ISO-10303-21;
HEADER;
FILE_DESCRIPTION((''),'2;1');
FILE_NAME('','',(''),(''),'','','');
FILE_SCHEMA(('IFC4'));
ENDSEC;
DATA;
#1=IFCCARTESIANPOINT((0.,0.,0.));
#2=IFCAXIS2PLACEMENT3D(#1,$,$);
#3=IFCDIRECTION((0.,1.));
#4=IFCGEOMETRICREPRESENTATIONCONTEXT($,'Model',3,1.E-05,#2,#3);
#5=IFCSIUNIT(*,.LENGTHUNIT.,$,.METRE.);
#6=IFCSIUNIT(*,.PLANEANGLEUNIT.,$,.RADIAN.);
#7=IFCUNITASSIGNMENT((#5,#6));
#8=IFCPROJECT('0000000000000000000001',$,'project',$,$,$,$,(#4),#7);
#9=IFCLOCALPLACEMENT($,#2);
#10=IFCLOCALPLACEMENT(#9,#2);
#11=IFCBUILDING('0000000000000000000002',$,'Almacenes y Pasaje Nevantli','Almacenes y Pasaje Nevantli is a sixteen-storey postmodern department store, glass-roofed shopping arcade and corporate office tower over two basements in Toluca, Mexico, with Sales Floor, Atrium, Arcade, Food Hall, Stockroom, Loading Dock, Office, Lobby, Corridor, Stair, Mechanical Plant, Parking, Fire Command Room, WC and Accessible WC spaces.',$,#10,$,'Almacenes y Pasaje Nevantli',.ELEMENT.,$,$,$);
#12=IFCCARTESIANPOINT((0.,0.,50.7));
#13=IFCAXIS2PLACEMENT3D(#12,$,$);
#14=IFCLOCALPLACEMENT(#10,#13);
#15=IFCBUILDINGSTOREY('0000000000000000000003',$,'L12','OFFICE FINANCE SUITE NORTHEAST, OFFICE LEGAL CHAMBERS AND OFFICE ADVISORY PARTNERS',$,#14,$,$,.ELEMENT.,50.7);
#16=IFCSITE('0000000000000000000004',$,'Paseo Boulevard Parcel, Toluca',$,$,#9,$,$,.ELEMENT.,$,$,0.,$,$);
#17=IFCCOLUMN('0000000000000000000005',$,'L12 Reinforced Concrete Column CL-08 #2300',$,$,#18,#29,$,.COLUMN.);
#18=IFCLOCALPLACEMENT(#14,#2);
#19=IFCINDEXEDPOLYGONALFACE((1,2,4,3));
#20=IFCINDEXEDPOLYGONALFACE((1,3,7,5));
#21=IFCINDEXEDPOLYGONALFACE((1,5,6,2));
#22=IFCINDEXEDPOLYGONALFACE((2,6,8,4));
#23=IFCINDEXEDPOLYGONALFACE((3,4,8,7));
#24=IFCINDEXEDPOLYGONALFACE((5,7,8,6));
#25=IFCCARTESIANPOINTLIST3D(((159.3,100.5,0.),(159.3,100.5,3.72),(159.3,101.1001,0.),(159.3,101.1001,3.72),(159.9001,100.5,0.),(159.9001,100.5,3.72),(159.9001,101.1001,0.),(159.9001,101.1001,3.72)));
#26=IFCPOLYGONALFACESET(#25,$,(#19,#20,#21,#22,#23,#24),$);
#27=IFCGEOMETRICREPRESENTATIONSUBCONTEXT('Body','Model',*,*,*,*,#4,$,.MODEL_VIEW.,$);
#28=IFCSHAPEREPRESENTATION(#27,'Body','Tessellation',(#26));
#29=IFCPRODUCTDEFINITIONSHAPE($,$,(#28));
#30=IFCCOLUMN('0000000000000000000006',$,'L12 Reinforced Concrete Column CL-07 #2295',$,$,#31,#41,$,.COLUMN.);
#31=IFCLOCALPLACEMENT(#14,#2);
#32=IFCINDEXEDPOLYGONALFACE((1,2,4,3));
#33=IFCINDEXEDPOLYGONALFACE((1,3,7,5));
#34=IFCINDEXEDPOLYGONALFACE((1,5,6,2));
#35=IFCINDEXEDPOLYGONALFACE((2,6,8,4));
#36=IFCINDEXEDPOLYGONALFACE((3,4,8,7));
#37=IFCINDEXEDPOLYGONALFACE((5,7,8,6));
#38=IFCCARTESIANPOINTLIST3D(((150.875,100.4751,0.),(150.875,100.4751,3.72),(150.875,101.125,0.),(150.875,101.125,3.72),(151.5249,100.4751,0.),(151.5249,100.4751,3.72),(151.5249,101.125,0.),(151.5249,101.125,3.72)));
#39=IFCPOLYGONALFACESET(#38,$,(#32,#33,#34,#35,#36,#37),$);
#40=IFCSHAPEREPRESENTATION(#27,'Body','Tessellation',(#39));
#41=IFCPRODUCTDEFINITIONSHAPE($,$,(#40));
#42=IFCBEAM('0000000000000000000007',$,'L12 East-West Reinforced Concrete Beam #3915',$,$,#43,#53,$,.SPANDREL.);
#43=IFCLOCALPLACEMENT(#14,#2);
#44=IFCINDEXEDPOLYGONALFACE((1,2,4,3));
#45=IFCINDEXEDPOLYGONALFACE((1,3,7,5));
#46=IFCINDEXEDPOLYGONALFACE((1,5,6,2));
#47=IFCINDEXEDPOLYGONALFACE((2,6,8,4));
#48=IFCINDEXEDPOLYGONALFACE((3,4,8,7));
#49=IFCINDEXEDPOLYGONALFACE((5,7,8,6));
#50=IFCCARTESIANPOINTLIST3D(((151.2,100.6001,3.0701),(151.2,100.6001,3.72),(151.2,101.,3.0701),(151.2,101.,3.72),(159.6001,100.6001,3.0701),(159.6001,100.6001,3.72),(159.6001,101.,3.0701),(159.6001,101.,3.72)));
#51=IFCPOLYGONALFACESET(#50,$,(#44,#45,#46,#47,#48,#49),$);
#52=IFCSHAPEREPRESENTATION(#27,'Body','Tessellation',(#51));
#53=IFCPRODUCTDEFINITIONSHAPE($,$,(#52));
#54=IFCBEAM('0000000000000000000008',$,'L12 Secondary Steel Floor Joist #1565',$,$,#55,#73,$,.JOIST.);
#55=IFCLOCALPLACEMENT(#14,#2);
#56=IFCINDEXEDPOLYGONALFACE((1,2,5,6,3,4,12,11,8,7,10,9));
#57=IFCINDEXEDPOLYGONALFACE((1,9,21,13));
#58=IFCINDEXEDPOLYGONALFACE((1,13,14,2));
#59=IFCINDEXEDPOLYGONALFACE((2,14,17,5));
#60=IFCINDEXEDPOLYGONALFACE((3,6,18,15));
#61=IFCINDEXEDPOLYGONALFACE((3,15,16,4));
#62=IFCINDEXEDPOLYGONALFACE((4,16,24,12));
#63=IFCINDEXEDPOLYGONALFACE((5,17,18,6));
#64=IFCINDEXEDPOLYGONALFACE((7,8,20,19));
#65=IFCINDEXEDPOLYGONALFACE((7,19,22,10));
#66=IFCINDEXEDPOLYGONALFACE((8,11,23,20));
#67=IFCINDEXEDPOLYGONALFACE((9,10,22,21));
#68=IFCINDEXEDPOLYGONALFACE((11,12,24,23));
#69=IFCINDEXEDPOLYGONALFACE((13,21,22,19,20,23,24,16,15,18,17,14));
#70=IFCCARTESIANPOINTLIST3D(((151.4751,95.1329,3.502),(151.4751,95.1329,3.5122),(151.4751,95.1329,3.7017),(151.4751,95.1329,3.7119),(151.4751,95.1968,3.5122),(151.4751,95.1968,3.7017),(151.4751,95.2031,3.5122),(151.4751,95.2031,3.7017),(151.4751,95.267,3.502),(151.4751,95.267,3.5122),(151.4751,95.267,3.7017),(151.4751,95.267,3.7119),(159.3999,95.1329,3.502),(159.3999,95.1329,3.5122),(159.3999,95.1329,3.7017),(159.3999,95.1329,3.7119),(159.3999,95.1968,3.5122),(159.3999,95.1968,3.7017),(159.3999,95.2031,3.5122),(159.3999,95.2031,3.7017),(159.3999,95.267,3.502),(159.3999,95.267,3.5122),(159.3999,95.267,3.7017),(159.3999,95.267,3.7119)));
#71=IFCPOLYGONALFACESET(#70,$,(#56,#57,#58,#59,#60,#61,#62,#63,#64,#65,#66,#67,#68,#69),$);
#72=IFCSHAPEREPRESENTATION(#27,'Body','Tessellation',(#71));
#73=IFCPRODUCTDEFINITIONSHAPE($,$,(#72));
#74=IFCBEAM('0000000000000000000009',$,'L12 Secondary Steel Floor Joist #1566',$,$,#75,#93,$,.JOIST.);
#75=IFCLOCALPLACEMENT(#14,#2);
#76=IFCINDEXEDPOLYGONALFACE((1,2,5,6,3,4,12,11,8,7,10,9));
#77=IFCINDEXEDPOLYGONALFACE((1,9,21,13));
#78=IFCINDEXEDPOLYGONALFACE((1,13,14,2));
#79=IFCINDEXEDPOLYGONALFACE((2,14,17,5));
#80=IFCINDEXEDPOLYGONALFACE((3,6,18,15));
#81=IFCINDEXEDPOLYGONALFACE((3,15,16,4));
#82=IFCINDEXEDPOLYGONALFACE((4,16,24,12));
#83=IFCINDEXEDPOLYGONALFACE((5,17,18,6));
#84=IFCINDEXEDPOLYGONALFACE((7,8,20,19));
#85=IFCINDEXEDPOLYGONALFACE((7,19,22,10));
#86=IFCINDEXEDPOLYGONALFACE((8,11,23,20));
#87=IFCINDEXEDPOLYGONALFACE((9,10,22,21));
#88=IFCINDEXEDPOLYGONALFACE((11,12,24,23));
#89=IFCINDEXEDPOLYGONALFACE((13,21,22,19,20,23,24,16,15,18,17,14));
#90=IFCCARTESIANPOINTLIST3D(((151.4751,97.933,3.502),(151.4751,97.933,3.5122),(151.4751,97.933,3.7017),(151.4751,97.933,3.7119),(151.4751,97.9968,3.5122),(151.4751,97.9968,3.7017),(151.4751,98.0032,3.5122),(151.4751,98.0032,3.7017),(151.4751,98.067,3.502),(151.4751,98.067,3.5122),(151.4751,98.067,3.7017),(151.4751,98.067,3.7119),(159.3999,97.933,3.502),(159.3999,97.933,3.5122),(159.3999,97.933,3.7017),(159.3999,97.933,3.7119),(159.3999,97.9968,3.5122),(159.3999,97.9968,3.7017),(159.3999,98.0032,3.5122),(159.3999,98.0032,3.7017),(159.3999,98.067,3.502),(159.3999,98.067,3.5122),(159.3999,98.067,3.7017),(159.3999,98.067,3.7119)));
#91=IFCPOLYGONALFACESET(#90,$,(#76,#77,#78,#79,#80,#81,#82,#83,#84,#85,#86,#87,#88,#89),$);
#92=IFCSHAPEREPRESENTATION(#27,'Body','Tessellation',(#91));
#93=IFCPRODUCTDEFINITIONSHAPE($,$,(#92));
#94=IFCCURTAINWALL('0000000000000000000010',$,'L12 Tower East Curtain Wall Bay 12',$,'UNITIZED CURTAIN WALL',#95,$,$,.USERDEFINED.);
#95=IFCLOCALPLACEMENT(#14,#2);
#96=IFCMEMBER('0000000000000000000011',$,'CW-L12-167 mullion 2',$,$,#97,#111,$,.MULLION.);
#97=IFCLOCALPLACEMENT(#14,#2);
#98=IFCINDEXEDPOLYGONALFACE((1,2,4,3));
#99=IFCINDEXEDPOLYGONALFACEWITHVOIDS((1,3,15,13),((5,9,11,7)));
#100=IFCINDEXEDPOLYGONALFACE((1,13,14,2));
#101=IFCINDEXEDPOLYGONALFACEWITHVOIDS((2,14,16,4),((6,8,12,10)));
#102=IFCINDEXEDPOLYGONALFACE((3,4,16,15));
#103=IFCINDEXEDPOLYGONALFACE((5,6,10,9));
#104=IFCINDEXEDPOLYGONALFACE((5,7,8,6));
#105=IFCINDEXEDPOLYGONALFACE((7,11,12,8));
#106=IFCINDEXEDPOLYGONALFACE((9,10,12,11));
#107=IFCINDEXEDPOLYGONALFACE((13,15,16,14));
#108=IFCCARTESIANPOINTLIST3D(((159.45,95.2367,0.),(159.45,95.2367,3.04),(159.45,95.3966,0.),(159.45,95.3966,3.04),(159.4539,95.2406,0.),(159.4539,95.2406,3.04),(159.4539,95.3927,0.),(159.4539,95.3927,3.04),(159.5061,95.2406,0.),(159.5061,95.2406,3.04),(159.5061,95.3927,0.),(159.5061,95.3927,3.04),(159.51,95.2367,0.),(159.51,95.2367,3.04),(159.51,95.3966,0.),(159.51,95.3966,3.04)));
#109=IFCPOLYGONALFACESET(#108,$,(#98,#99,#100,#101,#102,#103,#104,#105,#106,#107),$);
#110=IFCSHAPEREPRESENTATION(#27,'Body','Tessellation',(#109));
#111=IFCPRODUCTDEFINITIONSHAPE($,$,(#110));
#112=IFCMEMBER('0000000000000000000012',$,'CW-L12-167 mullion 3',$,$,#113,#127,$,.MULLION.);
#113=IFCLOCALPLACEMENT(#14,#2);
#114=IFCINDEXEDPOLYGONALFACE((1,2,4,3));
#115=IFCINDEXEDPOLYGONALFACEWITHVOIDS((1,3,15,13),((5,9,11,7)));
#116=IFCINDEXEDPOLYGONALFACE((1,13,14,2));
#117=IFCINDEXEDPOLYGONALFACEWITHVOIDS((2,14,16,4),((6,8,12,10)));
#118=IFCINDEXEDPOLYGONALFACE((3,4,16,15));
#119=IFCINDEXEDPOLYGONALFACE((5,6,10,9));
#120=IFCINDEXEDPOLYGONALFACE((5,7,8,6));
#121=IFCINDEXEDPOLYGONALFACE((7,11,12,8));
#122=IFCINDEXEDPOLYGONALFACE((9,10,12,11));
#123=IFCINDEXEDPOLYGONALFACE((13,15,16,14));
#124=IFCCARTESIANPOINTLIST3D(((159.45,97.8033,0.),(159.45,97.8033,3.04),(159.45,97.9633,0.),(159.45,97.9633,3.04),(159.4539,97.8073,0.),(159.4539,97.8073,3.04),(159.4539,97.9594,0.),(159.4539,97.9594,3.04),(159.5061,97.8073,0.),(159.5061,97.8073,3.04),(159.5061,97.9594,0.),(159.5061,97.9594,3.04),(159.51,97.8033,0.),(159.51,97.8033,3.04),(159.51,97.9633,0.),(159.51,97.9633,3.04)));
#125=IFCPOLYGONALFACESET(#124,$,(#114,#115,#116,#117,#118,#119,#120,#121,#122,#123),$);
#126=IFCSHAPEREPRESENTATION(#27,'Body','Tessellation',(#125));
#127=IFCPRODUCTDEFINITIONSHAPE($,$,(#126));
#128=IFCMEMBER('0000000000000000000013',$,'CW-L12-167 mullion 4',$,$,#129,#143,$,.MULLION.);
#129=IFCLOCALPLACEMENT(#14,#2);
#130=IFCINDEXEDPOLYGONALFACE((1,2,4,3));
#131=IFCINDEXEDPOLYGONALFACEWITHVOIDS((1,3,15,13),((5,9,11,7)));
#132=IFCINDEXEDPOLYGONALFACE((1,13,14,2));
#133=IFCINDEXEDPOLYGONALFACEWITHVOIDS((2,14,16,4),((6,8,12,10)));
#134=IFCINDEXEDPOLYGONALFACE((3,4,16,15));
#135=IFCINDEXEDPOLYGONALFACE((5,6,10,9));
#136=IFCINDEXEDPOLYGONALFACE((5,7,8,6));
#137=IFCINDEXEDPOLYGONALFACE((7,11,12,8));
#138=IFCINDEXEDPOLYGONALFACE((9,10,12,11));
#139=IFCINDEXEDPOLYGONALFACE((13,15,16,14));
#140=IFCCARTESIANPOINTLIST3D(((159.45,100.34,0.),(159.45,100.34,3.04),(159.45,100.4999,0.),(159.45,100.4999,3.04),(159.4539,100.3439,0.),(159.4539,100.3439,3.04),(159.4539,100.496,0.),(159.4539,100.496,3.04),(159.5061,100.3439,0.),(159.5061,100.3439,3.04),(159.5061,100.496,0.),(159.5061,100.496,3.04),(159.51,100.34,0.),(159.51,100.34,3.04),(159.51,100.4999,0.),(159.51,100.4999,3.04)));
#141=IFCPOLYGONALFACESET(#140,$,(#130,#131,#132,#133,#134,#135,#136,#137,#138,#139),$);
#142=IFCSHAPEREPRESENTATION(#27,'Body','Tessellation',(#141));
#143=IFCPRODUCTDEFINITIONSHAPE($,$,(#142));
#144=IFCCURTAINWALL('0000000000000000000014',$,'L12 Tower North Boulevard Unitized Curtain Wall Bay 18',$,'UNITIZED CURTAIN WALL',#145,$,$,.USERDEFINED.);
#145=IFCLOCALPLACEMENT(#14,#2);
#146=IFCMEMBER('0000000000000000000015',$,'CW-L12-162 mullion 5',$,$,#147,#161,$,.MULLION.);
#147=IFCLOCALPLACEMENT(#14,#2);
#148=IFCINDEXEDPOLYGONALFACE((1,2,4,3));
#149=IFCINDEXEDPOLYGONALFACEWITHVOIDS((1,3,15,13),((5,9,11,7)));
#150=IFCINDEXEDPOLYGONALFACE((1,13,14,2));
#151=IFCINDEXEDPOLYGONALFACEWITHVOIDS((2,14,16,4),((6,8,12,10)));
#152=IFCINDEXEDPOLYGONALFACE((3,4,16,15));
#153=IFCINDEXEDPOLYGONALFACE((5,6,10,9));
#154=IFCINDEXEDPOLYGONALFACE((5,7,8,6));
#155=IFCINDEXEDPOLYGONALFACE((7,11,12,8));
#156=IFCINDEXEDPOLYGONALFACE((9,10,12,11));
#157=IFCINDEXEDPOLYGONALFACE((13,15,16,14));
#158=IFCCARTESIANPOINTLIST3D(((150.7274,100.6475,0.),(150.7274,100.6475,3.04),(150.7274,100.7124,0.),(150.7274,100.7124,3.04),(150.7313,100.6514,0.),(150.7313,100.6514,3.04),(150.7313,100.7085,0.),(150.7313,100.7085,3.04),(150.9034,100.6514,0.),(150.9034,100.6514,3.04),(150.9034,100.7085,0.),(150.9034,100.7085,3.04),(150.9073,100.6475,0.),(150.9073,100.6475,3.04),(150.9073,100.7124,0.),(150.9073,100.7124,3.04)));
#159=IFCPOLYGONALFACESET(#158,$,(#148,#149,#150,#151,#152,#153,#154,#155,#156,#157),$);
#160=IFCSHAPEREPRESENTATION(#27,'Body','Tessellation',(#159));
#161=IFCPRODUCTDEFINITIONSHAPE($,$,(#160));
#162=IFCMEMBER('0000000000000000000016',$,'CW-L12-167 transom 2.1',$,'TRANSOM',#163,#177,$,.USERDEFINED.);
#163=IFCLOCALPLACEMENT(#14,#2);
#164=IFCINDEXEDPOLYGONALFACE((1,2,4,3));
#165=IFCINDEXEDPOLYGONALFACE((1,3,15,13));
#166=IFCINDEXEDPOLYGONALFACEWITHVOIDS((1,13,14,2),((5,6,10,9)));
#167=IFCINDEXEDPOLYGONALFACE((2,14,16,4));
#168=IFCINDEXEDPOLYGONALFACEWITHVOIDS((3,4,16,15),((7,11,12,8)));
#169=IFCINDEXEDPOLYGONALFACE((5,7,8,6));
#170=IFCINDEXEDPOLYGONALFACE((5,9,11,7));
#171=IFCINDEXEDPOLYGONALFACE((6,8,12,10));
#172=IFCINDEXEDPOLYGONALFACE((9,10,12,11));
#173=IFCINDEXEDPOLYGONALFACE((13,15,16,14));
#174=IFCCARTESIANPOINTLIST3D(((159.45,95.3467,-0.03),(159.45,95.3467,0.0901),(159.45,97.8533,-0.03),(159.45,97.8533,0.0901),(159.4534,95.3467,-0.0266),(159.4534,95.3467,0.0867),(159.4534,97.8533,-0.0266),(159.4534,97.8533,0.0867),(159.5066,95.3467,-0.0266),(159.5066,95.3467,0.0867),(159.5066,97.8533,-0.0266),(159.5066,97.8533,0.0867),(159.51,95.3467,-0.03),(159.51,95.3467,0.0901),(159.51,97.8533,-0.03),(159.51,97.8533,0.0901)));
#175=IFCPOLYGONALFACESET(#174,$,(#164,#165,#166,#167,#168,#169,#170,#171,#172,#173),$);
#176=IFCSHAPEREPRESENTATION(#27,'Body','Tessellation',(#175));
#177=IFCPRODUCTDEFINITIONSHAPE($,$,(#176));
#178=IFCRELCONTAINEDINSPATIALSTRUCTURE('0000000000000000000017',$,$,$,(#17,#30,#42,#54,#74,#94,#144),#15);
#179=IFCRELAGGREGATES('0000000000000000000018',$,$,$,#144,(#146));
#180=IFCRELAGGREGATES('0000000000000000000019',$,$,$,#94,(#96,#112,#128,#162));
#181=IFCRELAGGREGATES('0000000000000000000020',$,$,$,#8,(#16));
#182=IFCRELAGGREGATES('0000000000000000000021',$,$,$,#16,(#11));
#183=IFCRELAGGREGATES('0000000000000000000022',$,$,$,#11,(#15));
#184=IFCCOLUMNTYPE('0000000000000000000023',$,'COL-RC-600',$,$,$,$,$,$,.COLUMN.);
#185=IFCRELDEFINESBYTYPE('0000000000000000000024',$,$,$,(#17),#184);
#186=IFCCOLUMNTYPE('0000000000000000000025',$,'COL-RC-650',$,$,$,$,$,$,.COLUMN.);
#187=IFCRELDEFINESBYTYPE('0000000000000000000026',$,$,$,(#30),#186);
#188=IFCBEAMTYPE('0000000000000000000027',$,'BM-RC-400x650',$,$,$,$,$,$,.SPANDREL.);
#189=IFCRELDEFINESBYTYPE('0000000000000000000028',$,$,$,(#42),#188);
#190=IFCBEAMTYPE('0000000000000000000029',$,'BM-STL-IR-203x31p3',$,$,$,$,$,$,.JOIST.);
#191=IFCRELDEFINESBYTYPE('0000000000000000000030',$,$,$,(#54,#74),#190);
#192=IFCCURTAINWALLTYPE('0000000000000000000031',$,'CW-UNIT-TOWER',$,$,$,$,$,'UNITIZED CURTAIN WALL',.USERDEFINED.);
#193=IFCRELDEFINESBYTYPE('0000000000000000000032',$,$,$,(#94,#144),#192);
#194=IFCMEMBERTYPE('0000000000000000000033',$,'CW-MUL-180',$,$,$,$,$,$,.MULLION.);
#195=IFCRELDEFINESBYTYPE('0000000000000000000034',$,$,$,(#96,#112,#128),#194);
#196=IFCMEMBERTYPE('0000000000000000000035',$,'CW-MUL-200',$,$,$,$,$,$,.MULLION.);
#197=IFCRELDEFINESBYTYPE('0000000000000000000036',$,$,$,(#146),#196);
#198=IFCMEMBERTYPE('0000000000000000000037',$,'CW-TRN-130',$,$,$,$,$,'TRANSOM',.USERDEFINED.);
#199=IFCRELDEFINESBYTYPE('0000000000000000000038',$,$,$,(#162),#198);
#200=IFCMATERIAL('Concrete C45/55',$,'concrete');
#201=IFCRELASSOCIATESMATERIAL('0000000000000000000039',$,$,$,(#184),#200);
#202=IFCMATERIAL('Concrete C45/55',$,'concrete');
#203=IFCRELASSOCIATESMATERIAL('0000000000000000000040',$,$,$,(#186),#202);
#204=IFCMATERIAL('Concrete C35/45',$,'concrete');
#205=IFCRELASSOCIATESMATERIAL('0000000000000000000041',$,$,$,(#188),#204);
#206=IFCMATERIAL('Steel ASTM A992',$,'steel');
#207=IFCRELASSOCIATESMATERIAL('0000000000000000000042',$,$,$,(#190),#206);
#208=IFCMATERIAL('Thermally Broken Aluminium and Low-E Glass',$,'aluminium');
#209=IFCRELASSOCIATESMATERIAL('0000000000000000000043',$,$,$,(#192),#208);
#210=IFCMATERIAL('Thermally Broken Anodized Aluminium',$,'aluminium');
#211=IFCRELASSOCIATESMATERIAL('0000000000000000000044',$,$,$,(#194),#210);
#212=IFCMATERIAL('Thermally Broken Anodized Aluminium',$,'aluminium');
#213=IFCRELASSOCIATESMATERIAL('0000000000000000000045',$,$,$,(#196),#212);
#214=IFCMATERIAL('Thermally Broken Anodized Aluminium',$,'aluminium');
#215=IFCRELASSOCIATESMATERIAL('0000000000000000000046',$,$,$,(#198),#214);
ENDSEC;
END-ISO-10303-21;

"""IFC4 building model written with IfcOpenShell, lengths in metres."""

from ifc_helpers import new_model, si_unit, direction, frame, origin, origin_2d, place, context, subcontext, project, spatial, rectangle, hollow_rectangle, i_section, extrude, material, material_profile, profile_set, type_object, element, aggregate, save


model = new_model("IFC4")

# Units and contexts
model_context = context("Model", 3, precision=1e-05, world=origin(), true_north=direction((0.0, 1.0)))
body_context = subcontext(model_context, "Body", "Model", "MODEL_VIEW")
ifc_project = project(units=[si_unit("LENGTHUNIT", "METRE"), si_unit("PLANEANGLEUNIT", "RADIAN")], contexts=[model_context])

# Site, building, storey
site_placement = place(None, origin())
site = spatial("IfcSite", under=ifc_project, at=site_placement, Name="Paseo Boulevard Parcel, Toluca", CompositionType="ELEMENT", RefElevation=0.0)
building_placement = place(site_placement, origin())
building = spatial("IfcBuilding", under=site, at=building_placement, Name="Almacenes y Pasaje Nevantli", Description="Almacenes y Pasaje Nevantli is a sixteen-storey postmodern department store, glass-roofed shopping arcade and corporate office tower over two basements in Toluca, Mexico, with Sales Floor, Atrium, Arcade, Food Hall, Stockroom, Loading Dock, Office, Lobby, Corridor, Stair, Mechanical Plant, Parking, Fire Command Room, WC and Accessible WC spaces.", LongName="Almacenes y Pasaje Nevantli", CompositionType="ELEMENT")
storey_placement = place(building_placement, frame((0.0, 0.0, 50.7)))
storey = spatial("IfcBuildingStorey", under=building, at=storey_placement, Name="L12", Description="OFFICE FINANCE SUITE NORTHEAST, OFFICE LEGAL CHAMBERS AND OFFICE ADVISORY PARTNERS", CompositionType="ELEMENT", Elevation=50.7)

# Columns
ifc_material_1 = material(Name="Concrete C45/55", Category="concrete")
ifc_material_profile_1 = material_profile(ifc_material_1, rectangle(XDim=0.6001, YDim=0.6001, at=origin_2d()), Name="RC-COL-600x600")
ifc_profile_set_1 = profile_set([ifc_material_profile_1], Name="Concrete C45/55")
column_type_1 = type_object("IfcColumnType", Name="COL-RC-600", PredefinedType="COLUMN", material=ifc_profile_set_1)
column_1_placement = place(storey_placement, frame((159.6001, 100.8, 0.0), z_axis=(0.0, 0.0, 1.0), x_axis=(1.0, 0.0, 0.0)))
element("IfcColumn", 1, at=column_1_placement, inside=storey, type_object=column_type_1, Name="L12 Reinforced Concrete Column CL-08 #2300", PredefinedType="COLUMN", context=body_context, shape_type="SweptSolid", body=[
    extrude(rectangle(XDim=0.6001, YDim=0.6001, at=origin_2d()), origin(), (0.0, 0.0, 1.0), 3.72),
])
ifc_material_2 = material(Name="Concrete C45/55", Category="concrete")
ifc_material_profile_2 = material_profile(ifc_material_2, rectangle(XDim=0.6499, YDim=0.6499, at=origin_2d()), Name="RC-COL-650x650")
ifc_profile_set_2 = profile_set([ifc_material_profile_2], Name="Concrete C45/55")
column_type_2 = type_object("IfcColumnType", Name="COL-RC-650", PredefinedType="COLUMN", material=ifc_profile_set_2)
column_2_placement = place(storey_placement, frame((151.2, 100.8, 0.0), z_axis=(0.0, 0.0, 1.0), x_axis=(1.0, 0.0, 0.0)))
element("IfcColumn", 2, at=column_2_placement, inside=storey, type_object=column_type_2, Name="L12 Reinforced Concrete Column CL-07 #2295", PredefinedType="COLUMN", context=body_context, shape_type="SweptSolid", body=[
    extrude(rectangle(XDim=0.6499, YDim=0.6499, at=origin_2d()), origin(), (0.0, 0.0, 1.0), 3.72),
])

# Beams
ifc_material_3 = material(Name="Concrete C35/45", Category="concrete")
ifc_material_profile_3 = material_profile(ifc_material_3, rectangle(XDim=0.3999, YDim=0.6499, at=origin_2d()), Name="RC-BM-400x650")
ifc_profile_set_3 = profile_set([ifc_material_profile_3], Name="Concrete C35/45")
beam_type_1 = type_object("IfcBeamType", Name="BM-RC-400x650", PredefinedType="SPANDREL", material=ifc_profile_set_3)
beam_placement = place(storey_placement, frame((151.2, 100.8, 3.395), z_axis=(1.0, 0.0, 0.0), x_axis=(0.0, 1.0, 0.0)))
element("IfcBeam", 3, at=beam_placement, inside=storey, type_object=beam_type_1, Name="L12 East-West Reinforced Concrete Beam #3915", PredefinedType="SPANDREL", context=body_context, shape_type="SweptSolid", body=[
    extrude(rectangle(XDim=0.3999, YDim=0.6499, at=origin_2d()), origin(), (0.0, 0.0, 1.0), 8.4001),
])
ifc_material_4 = material(Name="Steel ASTM A992", Category="steel")
ifc_material_profile_4 = material_profile(ifc_material_4, i_section(OverallWidth=0.134, OverallDepth=0.21, WebThickness=0.0063, FlangeThickness=0.0103, at=origin_2d()), Name="IR 203x31.3")
ifc_profile_set_4 = profile_set([ifc_material_profile_4], Name="Steel ASTM A992")
beam_type_2 = type_object("IfcBeamType", Name="BM-STL-IR-203x31p3", PredefinedType="JOIST", material=ifc_profile_set_4)
for number, where, z_axis, x_axis, name in (
    (4, (151.4751, 95.2, 3.6069), (1.0, 0.0, 0.0), (0.0, 1.0, 0.0), "L12 Secondary Steel Floor Joist #1565"),
    (5, (151.4751, 98.0, 3.6069), (1.0, 0.0, 0.0), (0.0, 1.0, 0.0), "L12 Secondary Steel Floor Joist #1566"),
):
    element("IfcBeam", number, at=place(storey_placement, frame(where, z_axis=z_axis, x_axis=x_axis)), inside=storey, type_object=beam_type_2, Name=name, PredefinedType="JOIST", context=body_context, shape_type="SweptSolid", body=[
        extrude(i_section(OverallWidth=0.134, OverallDepth=0.21, WebThickness=0.0063, FlangeThickness=0.0103, at=origin_2d()), origin(), (0.0, 0.0, 1.0), 7.9248),
    ])

# Curtain wall, members
ifc_material_5 = material(Name="Thermally Broken Aluminium and Low-E Glass", Category="aluminium")
curtain_wall_type = type_object("IfcCurtainWallType", Name="CW-UNIT-TOWER", ElementType="UNITIZED CURTAIN WALL", PredefinedType="USERDEFINED", material=ifc_material_5)
curtain_wall_1_placement = place(storey_placement, origin())
curtain_wall_1 = element("IfcCurtainWall", 6, at=curtain_wall_1_placement, inside=storey, type_object=curtain_wall_type, Name="L12 Tower East Curtain Wall Bay 12", ObjectType="UNITIZED CURTAIN WALL", PredefinedType="USERDEFINED")
ifc_material_6 = material(Name="Thermally Broken Anodized Aluminium", Category="aluminium")
ifc_material_profile_5 = material_profile(ifc_material_6, hollow_rectangle(XDim=0.0601, YDim=0.1599, WallThickness=0.0039, at=origin_2d()), Name="ALU-MUL-60x160")
ifc_profile_set_5 = profile_set([ifc_material_profile_5], Name="Thermally Broken Anodized Aluminium")
member_type_1 = type_object("IfcMemberType", Name="CW-MUL-180", PredefinedType="MULLION", material=ifc_profile_set_5)
member_1_placement = place(storey_placement, frame((159.48, 95.3167, 0.0), z_axis=(0.0, 0.0, 1.0), x_axis=(-1.0, 0.0, 0.0)))
member_1 = element("IfcMember", 7, at=member_1_placement, type_object=member_type_1, Name="CW-L12-167 mullion 2", PredefinedType="MULLION", context=body_context, shape_type="SweptSolid", body=[
    extrude(hollow_rectangle(XDim=0.0601, YDim=0.1599, WallThickness=0.0039, at=origin_2d()), origin(), (0.0, 0.0, 1.0), 3.04),
])
member_2_placement = place(storey_placement, frame((159.48, 97.8833, 0.0), z_axis=(0.0, 0.0, 1.0), x_axis=(-1.0, 0.0, 0.0)))
member_2 = element("IfcMember", 8, at=member_2_placement, type_object=member_type_1, Name="CW-L12-167 mullion 3", PredefinedType="MULLION", context=body_context, shape_type="SweptSolid", body=[
    extrude(hollow_rectangle(XDim=0.0601, YDim=0.1599, WallThickness=0.0039, at=origin_2d()), origin(), (0.0, 0.0, 1.0), 3.04),
])
member_3_placement = place(storey_placement, frame((159.48, 100.4199, 0.0), z_axis=(0.0, 0.0, 1.0), x_axis=(-1.0, 0.0, 0.0)))
member_3 = element("IfcMember", 9, at=member_3_placement, type_object=member_type_1, Name="CW-L12-167 mullion 4", PredefinedType="MULLION", context=body_context, shape_type="SweptSolid", body=[
    extrude(hollow_rectangle(XDim=0.0601, YDim=0.1599, WallThickness=0.0039, at=origin_2d()), origin(), (0.0, 0.0, 1.0), 3.04),
])

# Curtain wall, member
curtain_wall_2_placement = place(storey_placement, origin())
curtain_wall_2 = element("IfcCurtainWall", 10, at=curtain_wall_2_placement, inside=storey, type_object=curtain_wall_type, Name="L12 Tower North Boulevard Unitized Curtain Wall Bay 18", ObjectType="UNITIZED CURTAIN WALL", PredefinedType="USERDEFINED")
ifc_material_7 = material(Name="Thermally Broken Anodized Aluminium", Category="aluminium")
ifc_material_profile_6 = material_profile(ifc_material_7, hollow_rectangle(XDim=0.0649, YDim=0.1799, WallThickness=0.0039, at=origin_2d()), Name="ALU-MUL-65x180")
ifc_profile_set_6 = profile_set([ifc_material_profile_6], Name="Thermally Broken Anodized Aluminium")
member_type_2 = type_object("IfcMemberType", Name="CW-MUL-200", PredefinedType="MULLION", material=ifc_profile_set_6)
member_4_placement = place(storey_placement, frame((150.8174, 100.6799, 0.0), z_axis=(0.0, 0.0, 1.0), x_axis=(0.0, 1.0, 0.0)))
member_4 = element("IfcMember", 11, at=member_4_placement, type_object=member_type_2, Name="CW-L12-162 mullion 5", PredefinedType="MULLION", context=body_context, shape_type="SweptSolid", body=[
    extrude(hollow_rectangle(XDim=0.0649, YDim=0.1799, WallThickness=0.0039, at=origin_2d()), origin(), (0.0, 0.0, 1.0), 3.04),
])

# Member
ifc_material_8 = material(Name="Thermally Broken Anodized Aluminium", Category="aluminium")
ifc_material_profile_7 = material_profile(ifc_material_8, hollow_rectangle(XDim=0.0601, YDim=0.1201, WallThickness=0.0034, at=origin_2d()), Name="ALU-TRN-60x120")
ifc_profile_set_7 = profile_set([ifc_material_profile_7], Name="Thermally Broken Anodized Aluminium")
member_type_3 = type_object("IfcMemberType", Name="CW-TRN-130", ElementType="TRANSOM", PredefinedType="USERDEFINED", material=ifc_profile_set_7)
member_5_placement = place(storey_placement, frame((159.48, 95.3467, 0.03), z_axis=(0.0, 1.0, 0.0), x_axis=(-1.0, 0.0, 0.0)))
member_5 = element("IfcMember", 12, at=member_5_placement, type_object=member_type_3, Name="CW-L12-167 transom 2.1", ObjectType="TRANSOM", PredefinedType="USERDEFINED", context=body_context, shape_type="SweptSolid", body=[
    extrude(hollow_rectangle(XDim=0.0601, YDim=0.1201, WallThickness=0.0034, at=origin_2d()), origin(), (0.0, 0.0, 1.0), 2.5066),
])

aggregate(curtain_wall_2, [member_4])
aggregate(curtain_wall_1, [member_1, member_2, member_3, member_5])

save(model, "model.ifc")
